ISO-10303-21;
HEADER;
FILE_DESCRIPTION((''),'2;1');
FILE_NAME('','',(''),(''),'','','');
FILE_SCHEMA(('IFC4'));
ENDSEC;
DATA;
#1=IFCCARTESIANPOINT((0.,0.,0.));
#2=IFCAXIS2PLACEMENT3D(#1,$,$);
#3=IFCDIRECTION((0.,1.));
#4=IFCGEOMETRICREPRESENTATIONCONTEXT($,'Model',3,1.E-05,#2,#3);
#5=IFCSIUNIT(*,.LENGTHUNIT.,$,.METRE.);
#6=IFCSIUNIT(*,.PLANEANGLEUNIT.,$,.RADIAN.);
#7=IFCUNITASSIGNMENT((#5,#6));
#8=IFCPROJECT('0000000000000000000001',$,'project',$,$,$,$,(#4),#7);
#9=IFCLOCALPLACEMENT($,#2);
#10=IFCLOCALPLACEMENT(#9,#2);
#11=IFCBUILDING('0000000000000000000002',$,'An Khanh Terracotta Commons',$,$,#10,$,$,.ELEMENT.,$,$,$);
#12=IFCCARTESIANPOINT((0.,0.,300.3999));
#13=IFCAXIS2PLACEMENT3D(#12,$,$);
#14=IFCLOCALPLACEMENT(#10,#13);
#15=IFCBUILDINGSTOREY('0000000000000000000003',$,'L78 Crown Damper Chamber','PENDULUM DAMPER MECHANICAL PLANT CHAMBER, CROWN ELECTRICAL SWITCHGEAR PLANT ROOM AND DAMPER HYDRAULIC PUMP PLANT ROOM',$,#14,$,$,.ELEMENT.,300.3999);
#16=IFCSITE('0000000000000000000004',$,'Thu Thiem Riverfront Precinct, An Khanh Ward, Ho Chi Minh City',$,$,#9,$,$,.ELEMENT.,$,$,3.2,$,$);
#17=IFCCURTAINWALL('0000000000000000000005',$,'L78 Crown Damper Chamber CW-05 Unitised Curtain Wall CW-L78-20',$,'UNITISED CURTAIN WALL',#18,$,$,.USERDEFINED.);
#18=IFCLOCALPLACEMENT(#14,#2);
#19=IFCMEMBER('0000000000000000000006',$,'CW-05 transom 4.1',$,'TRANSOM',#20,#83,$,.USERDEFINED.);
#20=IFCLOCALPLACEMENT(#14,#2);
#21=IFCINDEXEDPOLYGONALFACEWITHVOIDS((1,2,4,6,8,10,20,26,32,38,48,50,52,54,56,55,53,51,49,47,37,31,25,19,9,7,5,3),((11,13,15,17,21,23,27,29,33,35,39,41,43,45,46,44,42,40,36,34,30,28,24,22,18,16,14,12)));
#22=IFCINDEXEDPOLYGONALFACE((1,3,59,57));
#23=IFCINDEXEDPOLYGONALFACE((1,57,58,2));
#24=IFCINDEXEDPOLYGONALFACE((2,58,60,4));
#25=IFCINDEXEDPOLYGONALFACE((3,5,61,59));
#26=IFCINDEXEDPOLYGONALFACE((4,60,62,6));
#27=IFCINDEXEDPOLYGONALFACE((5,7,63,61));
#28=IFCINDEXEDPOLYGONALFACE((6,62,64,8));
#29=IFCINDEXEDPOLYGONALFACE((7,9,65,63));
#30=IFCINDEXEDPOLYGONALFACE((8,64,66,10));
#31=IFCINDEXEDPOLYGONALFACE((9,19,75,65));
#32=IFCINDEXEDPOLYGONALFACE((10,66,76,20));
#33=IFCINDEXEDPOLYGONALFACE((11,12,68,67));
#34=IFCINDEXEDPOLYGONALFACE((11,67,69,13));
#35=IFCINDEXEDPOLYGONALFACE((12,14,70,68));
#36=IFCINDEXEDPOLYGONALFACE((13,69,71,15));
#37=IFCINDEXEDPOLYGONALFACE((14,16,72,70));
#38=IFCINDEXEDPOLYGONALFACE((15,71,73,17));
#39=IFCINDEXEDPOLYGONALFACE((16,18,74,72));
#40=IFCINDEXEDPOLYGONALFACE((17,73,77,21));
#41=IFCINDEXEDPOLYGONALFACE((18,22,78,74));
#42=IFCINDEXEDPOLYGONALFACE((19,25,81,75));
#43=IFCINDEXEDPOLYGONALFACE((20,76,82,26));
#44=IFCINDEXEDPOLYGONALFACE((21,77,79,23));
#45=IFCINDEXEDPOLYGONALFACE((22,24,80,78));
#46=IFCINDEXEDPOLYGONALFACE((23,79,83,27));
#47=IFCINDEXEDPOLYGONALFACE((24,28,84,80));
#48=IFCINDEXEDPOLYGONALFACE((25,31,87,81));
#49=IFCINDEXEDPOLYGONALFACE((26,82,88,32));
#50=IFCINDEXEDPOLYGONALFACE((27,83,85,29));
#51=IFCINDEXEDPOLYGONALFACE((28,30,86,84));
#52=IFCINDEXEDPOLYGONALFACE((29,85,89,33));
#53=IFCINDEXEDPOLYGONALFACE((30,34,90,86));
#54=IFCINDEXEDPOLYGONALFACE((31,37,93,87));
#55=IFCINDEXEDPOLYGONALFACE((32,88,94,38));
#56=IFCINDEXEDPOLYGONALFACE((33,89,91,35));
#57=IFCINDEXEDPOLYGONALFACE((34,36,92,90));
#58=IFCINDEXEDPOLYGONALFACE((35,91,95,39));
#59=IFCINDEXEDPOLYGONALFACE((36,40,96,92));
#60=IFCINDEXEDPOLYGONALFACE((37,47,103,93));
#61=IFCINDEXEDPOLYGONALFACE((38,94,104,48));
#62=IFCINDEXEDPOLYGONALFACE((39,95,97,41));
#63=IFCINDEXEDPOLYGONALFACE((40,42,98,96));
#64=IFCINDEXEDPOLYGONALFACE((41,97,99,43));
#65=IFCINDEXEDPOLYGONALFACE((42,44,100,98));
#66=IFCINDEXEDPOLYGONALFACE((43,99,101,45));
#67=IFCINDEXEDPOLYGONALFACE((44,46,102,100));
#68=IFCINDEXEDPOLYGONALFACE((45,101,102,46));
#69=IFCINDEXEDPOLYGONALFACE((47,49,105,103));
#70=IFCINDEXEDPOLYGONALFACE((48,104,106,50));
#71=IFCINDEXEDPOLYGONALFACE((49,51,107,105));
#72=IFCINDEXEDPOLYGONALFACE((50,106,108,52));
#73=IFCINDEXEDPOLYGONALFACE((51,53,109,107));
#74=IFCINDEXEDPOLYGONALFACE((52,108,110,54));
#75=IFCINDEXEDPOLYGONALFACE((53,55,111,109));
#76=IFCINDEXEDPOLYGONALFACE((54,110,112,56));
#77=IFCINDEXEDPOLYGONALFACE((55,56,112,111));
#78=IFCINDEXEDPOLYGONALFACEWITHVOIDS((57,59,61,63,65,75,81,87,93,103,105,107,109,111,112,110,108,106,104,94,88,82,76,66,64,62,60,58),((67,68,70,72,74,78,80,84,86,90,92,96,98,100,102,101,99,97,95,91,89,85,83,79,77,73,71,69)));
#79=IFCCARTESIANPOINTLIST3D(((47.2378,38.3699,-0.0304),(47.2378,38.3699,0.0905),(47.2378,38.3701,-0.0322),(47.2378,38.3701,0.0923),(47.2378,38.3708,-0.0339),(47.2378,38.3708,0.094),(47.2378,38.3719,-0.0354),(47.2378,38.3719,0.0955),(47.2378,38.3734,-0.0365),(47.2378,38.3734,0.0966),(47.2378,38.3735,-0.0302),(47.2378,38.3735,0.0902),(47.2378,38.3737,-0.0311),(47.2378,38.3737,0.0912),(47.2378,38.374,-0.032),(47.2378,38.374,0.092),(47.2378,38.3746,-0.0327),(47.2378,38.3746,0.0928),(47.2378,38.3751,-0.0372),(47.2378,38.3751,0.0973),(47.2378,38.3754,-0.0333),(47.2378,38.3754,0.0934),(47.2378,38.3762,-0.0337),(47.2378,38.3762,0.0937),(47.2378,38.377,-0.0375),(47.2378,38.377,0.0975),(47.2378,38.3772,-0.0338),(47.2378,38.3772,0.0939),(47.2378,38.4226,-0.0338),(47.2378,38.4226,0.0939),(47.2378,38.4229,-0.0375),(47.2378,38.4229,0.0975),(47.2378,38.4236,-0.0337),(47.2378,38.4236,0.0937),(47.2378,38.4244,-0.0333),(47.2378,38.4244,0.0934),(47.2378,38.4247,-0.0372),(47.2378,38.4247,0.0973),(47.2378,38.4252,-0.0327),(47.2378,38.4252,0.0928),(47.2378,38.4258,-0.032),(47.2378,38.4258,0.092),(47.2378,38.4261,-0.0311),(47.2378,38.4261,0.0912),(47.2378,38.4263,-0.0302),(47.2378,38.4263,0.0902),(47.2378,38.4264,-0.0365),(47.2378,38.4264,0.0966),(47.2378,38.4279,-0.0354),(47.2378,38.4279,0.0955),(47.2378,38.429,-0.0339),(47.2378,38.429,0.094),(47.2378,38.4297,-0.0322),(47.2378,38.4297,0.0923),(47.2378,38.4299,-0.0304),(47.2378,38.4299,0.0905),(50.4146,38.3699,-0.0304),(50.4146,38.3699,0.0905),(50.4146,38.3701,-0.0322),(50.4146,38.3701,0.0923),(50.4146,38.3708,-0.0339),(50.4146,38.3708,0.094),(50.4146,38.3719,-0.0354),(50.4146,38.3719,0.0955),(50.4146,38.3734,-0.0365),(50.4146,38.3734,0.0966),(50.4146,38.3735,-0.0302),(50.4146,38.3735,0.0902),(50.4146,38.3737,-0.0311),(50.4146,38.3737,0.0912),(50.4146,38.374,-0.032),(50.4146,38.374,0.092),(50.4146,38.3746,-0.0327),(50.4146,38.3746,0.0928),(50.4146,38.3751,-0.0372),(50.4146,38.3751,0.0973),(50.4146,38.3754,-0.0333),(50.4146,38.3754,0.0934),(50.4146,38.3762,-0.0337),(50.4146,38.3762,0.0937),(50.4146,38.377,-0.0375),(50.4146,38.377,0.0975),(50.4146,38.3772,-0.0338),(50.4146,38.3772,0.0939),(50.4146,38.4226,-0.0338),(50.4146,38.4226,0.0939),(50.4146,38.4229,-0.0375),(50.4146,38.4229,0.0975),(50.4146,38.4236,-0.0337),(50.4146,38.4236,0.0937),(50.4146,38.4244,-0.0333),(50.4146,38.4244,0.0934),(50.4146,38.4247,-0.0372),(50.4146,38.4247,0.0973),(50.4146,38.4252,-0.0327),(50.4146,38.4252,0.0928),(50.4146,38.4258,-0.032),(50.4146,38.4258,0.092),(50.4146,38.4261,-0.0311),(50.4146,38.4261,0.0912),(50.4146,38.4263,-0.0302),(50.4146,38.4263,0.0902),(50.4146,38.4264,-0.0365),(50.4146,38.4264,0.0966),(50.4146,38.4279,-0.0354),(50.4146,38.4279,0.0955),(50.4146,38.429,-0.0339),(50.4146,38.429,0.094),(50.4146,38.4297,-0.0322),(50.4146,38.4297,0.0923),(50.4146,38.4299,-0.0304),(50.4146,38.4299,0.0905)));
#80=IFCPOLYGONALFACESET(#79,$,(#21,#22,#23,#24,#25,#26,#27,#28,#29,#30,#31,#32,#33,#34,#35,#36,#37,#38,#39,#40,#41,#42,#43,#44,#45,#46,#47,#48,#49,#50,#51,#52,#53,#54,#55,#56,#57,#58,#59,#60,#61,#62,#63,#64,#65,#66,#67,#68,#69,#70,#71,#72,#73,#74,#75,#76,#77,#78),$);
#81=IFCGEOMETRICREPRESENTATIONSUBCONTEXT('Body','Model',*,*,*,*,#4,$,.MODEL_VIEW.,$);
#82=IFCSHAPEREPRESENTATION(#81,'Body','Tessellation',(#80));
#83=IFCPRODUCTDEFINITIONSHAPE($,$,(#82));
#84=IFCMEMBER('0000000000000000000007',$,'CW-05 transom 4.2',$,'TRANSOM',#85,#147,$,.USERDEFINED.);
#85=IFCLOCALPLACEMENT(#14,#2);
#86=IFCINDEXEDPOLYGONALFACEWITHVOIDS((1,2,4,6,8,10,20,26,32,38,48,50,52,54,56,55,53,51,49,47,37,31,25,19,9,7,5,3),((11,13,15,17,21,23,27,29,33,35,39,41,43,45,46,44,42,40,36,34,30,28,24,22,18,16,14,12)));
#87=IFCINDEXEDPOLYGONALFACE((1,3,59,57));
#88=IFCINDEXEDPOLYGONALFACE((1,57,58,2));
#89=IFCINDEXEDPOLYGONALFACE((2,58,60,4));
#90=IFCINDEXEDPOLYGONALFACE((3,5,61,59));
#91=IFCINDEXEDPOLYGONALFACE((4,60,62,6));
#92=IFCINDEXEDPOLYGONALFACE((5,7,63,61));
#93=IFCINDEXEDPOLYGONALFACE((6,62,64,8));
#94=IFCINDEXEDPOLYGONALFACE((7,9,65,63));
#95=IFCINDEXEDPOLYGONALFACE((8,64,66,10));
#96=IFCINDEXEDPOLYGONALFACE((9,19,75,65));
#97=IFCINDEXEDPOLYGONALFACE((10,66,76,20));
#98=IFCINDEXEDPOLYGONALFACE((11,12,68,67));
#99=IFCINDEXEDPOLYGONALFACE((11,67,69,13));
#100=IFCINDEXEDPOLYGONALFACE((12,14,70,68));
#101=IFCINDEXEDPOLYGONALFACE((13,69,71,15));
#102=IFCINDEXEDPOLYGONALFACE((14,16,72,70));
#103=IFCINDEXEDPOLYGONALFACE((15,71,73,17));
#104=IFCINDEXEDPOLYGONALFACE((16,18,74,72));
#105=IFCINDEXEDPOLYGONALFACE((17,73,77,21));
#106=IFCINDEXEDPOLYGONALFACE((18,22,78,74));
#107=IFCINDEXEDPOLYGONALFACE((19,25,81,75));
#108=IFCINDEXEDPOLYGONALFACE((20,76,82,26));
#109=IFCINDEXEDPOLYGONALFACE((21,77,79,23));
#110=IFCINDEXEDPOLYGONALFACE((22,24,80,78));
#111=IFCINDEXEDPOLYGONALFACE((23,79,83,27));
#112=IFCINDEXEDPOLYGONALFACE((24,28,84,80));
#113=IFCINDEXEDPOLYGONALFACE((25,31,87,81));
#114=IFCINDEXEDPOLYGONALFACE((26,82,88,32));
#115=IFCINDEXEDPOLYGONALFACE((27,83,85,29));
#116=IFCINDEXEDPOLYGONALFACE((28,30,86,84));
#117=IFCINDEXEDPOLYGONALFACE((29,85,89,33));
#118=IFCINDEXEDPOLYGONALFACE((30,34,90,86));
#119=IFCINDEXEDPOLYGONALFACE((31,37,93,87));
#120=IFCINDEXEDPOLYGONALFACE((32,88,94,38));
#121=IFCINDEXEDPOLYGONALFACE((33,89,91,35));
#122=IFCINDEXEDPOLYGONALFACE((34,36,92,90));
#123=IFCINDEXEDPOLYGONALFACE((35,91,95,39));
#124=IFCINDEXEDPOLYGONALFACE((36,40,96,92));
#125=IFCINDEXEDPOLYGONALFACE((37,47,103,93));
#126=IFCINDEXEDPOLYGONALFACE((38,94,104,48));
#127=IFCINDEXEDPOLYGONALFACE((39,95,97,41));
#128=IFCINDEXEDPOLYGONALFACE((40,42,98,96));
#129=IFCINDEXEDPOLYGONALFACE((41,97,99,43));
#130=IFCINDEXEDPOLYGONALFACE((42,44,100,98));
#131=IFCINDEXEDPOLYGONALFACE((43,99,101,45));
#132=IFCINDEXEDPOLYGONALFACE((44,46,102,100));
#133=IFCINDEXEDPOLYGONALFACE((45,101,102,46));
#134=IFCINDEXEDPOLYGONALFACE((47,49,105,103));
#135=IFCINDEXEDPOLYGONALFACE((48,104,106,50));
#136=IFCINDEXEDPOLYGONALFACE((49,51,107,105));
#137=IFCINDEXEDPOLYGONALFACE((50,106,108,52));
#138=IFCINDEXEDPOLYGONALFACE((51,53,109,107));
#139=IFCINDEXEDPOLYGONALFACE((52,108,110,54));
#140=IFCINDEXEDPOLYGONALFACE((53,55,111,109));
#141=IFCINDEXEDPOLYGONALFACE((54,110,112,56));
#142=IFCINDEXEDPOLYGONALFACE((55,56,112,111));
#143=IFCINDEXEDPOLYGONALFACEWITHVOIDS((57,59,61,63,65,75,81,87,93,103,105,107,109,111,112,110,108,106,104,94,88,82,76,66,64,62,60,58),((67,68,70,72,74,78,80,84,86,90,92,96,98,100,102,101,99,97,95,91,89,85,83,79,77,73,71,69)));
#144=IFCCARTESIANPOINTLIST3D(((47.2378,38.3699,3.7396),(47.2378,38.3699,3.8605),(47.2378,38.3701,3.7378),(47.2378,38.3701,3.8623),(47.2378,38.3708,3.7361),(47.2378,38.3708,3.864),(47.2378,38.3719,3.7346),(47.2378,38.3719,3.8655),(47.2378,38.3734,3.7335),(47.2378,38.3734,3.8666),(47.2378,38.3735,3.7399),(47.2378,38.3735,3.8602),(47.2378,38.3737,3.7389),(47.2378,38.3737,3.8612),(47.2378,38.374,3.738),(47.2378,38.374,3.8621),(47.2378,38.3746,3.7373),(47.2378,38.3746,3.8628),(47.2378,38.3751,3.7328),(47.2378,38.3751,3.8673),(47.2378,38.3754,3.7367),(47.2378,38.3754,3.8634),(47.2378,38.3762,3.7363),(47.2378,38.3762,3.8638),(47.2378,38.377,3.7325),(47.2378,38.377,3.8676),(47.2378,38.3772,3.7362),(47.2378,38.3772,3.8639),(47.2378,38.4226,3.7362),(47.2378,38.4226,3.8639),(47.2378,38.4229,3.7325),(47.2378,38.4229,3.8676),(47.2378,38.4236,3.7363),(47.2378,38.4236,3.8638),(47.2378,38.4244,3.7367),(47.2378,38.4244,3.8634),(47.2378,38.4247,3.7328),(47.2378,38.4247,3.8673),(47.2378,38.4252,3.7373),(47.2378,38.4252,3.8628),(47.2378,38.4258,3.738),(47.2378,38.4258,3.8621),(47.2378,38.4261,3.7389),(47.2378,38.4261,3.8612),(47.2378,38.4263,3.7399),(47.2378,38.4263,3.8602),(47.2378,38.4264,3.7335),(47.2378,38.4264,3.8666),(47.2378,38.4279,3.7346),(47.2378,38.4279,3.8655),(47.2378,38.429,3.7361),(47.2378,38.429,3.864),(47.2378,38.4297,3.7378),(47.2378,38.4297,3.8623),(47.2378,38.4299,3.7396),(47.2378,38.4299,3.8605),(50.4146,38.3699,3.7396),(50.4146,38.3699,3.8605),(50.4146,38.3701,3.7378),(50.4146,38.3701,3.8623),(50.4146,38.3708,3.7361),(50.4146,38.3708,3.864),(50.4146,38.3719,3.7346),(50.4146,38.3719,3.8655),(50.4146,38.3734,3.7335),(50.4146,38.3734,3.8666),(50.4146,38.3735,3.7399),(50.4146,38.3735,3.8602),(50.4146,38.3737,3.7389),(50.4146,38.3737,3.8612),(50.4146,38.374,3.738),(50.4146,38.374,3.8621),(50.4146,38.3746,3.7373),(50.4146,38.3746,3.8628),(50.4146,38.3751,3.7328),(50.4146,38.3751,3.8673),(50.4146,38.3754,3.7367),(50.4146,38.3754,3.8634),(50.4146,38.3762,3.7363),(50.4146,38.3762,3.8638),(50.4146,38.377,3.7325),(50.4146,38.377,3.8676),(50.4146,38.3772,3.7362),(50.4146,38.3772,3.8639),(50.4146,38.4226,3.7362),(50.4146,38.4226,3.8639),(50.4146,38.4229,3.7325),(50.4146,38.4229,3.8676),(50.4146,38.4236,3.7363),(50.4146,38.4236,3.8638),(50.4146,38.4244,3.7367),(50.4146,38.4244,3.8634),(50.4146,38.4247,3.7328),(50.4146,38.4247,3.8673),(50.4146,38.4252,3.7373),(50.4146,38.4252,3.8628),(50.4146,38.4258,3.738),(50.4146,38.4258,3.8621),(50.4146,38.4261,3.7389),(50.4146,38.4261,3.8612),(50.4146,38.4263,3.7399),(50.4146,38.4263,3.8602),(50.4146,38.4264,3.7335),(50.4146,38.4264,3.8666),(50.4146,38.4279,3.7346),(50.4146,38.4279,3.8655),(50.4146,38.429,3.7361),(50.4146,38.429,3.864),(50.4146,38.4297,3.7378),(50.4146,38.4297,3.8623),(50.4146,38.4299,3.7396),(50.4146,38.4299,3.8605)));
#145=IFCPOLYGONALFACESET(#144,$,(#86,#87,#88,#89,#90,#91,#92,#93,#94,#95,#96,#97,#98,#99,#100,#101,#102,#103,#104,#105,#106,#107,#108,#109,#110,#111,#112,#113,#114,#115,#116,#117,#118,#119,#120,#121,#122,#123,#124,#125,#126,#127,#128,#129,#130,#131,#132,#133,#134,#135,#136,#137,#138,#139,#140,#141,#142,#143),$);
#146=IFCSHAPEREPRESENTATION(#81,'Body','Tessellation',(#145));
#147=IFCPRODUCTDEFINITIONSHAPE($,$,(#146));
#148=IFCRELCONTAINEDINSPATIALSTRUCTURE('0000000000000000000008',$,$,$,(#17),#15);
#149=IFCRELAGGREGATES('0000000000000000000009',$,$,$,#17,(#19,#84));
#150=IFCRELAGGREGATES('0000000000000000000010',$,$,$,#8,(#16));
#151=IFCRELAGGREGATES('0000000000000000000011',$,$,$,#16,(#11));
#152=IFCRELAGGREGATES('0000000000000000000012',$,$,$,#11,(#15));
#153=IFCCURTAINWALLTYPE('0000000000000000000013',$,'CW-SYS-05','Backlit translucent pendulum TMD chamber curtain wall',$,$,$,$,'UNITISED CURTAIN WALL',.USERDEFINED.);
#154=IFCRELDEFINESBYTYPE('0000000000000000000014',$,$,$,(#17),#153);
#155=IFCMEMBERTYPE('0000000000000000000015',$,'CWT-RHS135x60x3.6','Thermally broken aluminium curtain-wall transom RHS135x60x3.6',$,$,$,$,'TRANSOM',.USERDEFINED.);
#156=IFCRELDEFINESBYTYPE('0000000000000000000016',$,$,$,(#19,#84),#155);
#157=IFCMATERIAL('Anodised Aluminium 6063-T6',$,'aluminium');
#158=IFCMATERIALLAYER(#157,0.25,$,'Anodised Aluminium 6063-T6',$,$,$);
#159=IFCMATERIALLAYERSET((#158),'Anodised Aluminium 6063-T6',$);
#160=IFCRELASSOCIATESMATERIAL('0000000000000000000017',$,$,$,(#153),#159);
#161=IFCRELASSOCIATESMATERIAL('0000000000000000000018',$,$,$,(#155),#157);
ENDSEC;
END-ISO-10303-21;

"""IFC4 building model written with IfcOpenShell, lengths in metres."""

from ifc_helpers import new_model, si_unit, direction, frame, origin, origin_2d, place, context, subcontext, project, spatial, hollow_rectangle, extrude, material, layer, layer_set, material_profile, profile_set, type_object, element, aggregate, save


model = new_model("IFC4")

# Units and contexts
model_context = context("Model", 3, precision=1e-05, world=origin(), true_north=direction((0.0, 1.0)))
body_context = subcontext(model_context, "Body", "Model", "MODEL_VIEW")
ifc_project = project(units=[si_unit("LENGTHUNIT", "METRE"), si_unit("PLANEANGLEUNIT", "RADIAN")], contexts=[model_context])

# Site, building, storey
site_placement = place(None, origin())
site = spatial("IfcSite", under=ifc_project, at=site_placement, Name="Thu Thiem Riverfront Precinct, An Khanh Ward, Ho Chi Minh City", CompositionType="ELEMENT", RefElevation=3.2)
building_placement = place(site_placement, origin())
building = spatial("IfcBuilding", under=site, at=building_placement, Name="An Khanh Terracotta Commons", CompositionType="ELEMENT")
storey_placement = place(building_placement, frame((0.0, 0.0, 300.3999)))
storey = spatial("IfcBuildingStorey", under=building, at=storey_placement, Name="L78 Crown Damper Chamber", Description="PENDULUM DAMPER MECHANICAL PLANT CHAMBER, CROWN ELECTRICAL SWITCHGEAR PLANT ROOM AND DAMPER HYDRAULIC PUMP PLANT ROOM", CompositionType="ELEMENT", Elevation=300.3999)

# Curtain wall, members
ifc_material_1 = material(Name="Anodised Aluminium 6063-T6", Category="aluminium")
ifc_layer_1 = layer(ifc_material_1, 0.25, Name="Anodised Aluminium 6063-T6")
ifc_layer_set_1 = layer_set([ifc_layer_1], Name="Anodised Aluminium 6063-T6")
curtain_wall_type = type_object("IfcCurtainWallType", Name="CW-SYS-05", Description="Backlit translucent pendulum TMD chamber curtain wall", ElementType="UNITISED CURTAIN WALL", PredefinedType="USERDEFINED", material=ifc_layer_set_1)
curtain_wall_placement = place(storey_placement, origin())
curtain_wall = element("IfcCurtainWall", 1, at=curtain_wall_placement, inside=storey, type_object=curtain_wall_type, Name="L78 Crown Damper Chamber CW-05 Unitised Curtain Wall CW-L78-20", ObjectType="UNITISED CURTAIN WALL", PredefinedType="USERDEFINED")
ifc_material_profile_1 = material_profile(ifc_material_1, hollow_rectangle(XDim=0.0601, YDim=0.135, WallThickness=0.0037, InnerFilletRadius=0.0037, OuterFilletRadius=0.0071, at=origin_2d()), Name="RHS135x60x3.6")
ifc_profile_set_1 = profile_set([ifc_material_profile_1], Name="Anodised Aluminium 6063-T6")
member_type_1 = type_object("IfcMemberType", Name="CWT-RHS135x60x3.6", Description="Thermally broken aluminium curtain-wall transom RHS135x60x3.6", ElementType="TRANSOM", PredefinedType="USERDEFINED", material=ifc_profile_set_1)
member_1_placement = place(storey_placement, frame((50.4146, 38.3999, 0.03), z_axis=(-1.0, 0.0, 0.0), x_axis=(0.0, -1.0, 0.0)))
member_1 = element("IfcMember", 2, at=member_1_placement, type_object=member_type_1, Name="CW-05 transom 4.1", ObjectType="TRANSOM", PredefinedType="USERDEFINED", context=body_context, shape_type="SweptSolid", body=[
    extrude(hollow_rectangle(XDim=0.0601, YDim=0.135, WallThickness=0.0037, InnerFilletRadius=0.0037, OuterFilletRadius=0.0071, at=origin_2d()), origin(), (0.0, 0.0, 1.0), 3.1768),
])
member_2_placement = place(storey_placement, frame((50.4146, 38.3999, 3.8), z_axis=(-1.0, 0.0, 0.0), x_axis=(0.0, -1.0, 0.0)))
member_2 = element("IfcMember", 3, at=member_2_placement, type_object=member_type_1, Name="CW-05 transom 4.2", ObjectType="TRANSOM", PredefinedType="USERDEFINED", context=body_context, shape_type="SweptSolid", body=[
    extrude(hollow_rectangle(XDim=0.0601, YDim=0.135, WallThickness=0.0037, InnerFilletRadius=0.0037, OuterFilletRadius=0.0071, at=origin_2d()), origin(), (0.0, 0.0, 1.0), 3.1768),
])

aggregate(curtain_wall, [member_1, member_2])

save(model, "model.ifc")
